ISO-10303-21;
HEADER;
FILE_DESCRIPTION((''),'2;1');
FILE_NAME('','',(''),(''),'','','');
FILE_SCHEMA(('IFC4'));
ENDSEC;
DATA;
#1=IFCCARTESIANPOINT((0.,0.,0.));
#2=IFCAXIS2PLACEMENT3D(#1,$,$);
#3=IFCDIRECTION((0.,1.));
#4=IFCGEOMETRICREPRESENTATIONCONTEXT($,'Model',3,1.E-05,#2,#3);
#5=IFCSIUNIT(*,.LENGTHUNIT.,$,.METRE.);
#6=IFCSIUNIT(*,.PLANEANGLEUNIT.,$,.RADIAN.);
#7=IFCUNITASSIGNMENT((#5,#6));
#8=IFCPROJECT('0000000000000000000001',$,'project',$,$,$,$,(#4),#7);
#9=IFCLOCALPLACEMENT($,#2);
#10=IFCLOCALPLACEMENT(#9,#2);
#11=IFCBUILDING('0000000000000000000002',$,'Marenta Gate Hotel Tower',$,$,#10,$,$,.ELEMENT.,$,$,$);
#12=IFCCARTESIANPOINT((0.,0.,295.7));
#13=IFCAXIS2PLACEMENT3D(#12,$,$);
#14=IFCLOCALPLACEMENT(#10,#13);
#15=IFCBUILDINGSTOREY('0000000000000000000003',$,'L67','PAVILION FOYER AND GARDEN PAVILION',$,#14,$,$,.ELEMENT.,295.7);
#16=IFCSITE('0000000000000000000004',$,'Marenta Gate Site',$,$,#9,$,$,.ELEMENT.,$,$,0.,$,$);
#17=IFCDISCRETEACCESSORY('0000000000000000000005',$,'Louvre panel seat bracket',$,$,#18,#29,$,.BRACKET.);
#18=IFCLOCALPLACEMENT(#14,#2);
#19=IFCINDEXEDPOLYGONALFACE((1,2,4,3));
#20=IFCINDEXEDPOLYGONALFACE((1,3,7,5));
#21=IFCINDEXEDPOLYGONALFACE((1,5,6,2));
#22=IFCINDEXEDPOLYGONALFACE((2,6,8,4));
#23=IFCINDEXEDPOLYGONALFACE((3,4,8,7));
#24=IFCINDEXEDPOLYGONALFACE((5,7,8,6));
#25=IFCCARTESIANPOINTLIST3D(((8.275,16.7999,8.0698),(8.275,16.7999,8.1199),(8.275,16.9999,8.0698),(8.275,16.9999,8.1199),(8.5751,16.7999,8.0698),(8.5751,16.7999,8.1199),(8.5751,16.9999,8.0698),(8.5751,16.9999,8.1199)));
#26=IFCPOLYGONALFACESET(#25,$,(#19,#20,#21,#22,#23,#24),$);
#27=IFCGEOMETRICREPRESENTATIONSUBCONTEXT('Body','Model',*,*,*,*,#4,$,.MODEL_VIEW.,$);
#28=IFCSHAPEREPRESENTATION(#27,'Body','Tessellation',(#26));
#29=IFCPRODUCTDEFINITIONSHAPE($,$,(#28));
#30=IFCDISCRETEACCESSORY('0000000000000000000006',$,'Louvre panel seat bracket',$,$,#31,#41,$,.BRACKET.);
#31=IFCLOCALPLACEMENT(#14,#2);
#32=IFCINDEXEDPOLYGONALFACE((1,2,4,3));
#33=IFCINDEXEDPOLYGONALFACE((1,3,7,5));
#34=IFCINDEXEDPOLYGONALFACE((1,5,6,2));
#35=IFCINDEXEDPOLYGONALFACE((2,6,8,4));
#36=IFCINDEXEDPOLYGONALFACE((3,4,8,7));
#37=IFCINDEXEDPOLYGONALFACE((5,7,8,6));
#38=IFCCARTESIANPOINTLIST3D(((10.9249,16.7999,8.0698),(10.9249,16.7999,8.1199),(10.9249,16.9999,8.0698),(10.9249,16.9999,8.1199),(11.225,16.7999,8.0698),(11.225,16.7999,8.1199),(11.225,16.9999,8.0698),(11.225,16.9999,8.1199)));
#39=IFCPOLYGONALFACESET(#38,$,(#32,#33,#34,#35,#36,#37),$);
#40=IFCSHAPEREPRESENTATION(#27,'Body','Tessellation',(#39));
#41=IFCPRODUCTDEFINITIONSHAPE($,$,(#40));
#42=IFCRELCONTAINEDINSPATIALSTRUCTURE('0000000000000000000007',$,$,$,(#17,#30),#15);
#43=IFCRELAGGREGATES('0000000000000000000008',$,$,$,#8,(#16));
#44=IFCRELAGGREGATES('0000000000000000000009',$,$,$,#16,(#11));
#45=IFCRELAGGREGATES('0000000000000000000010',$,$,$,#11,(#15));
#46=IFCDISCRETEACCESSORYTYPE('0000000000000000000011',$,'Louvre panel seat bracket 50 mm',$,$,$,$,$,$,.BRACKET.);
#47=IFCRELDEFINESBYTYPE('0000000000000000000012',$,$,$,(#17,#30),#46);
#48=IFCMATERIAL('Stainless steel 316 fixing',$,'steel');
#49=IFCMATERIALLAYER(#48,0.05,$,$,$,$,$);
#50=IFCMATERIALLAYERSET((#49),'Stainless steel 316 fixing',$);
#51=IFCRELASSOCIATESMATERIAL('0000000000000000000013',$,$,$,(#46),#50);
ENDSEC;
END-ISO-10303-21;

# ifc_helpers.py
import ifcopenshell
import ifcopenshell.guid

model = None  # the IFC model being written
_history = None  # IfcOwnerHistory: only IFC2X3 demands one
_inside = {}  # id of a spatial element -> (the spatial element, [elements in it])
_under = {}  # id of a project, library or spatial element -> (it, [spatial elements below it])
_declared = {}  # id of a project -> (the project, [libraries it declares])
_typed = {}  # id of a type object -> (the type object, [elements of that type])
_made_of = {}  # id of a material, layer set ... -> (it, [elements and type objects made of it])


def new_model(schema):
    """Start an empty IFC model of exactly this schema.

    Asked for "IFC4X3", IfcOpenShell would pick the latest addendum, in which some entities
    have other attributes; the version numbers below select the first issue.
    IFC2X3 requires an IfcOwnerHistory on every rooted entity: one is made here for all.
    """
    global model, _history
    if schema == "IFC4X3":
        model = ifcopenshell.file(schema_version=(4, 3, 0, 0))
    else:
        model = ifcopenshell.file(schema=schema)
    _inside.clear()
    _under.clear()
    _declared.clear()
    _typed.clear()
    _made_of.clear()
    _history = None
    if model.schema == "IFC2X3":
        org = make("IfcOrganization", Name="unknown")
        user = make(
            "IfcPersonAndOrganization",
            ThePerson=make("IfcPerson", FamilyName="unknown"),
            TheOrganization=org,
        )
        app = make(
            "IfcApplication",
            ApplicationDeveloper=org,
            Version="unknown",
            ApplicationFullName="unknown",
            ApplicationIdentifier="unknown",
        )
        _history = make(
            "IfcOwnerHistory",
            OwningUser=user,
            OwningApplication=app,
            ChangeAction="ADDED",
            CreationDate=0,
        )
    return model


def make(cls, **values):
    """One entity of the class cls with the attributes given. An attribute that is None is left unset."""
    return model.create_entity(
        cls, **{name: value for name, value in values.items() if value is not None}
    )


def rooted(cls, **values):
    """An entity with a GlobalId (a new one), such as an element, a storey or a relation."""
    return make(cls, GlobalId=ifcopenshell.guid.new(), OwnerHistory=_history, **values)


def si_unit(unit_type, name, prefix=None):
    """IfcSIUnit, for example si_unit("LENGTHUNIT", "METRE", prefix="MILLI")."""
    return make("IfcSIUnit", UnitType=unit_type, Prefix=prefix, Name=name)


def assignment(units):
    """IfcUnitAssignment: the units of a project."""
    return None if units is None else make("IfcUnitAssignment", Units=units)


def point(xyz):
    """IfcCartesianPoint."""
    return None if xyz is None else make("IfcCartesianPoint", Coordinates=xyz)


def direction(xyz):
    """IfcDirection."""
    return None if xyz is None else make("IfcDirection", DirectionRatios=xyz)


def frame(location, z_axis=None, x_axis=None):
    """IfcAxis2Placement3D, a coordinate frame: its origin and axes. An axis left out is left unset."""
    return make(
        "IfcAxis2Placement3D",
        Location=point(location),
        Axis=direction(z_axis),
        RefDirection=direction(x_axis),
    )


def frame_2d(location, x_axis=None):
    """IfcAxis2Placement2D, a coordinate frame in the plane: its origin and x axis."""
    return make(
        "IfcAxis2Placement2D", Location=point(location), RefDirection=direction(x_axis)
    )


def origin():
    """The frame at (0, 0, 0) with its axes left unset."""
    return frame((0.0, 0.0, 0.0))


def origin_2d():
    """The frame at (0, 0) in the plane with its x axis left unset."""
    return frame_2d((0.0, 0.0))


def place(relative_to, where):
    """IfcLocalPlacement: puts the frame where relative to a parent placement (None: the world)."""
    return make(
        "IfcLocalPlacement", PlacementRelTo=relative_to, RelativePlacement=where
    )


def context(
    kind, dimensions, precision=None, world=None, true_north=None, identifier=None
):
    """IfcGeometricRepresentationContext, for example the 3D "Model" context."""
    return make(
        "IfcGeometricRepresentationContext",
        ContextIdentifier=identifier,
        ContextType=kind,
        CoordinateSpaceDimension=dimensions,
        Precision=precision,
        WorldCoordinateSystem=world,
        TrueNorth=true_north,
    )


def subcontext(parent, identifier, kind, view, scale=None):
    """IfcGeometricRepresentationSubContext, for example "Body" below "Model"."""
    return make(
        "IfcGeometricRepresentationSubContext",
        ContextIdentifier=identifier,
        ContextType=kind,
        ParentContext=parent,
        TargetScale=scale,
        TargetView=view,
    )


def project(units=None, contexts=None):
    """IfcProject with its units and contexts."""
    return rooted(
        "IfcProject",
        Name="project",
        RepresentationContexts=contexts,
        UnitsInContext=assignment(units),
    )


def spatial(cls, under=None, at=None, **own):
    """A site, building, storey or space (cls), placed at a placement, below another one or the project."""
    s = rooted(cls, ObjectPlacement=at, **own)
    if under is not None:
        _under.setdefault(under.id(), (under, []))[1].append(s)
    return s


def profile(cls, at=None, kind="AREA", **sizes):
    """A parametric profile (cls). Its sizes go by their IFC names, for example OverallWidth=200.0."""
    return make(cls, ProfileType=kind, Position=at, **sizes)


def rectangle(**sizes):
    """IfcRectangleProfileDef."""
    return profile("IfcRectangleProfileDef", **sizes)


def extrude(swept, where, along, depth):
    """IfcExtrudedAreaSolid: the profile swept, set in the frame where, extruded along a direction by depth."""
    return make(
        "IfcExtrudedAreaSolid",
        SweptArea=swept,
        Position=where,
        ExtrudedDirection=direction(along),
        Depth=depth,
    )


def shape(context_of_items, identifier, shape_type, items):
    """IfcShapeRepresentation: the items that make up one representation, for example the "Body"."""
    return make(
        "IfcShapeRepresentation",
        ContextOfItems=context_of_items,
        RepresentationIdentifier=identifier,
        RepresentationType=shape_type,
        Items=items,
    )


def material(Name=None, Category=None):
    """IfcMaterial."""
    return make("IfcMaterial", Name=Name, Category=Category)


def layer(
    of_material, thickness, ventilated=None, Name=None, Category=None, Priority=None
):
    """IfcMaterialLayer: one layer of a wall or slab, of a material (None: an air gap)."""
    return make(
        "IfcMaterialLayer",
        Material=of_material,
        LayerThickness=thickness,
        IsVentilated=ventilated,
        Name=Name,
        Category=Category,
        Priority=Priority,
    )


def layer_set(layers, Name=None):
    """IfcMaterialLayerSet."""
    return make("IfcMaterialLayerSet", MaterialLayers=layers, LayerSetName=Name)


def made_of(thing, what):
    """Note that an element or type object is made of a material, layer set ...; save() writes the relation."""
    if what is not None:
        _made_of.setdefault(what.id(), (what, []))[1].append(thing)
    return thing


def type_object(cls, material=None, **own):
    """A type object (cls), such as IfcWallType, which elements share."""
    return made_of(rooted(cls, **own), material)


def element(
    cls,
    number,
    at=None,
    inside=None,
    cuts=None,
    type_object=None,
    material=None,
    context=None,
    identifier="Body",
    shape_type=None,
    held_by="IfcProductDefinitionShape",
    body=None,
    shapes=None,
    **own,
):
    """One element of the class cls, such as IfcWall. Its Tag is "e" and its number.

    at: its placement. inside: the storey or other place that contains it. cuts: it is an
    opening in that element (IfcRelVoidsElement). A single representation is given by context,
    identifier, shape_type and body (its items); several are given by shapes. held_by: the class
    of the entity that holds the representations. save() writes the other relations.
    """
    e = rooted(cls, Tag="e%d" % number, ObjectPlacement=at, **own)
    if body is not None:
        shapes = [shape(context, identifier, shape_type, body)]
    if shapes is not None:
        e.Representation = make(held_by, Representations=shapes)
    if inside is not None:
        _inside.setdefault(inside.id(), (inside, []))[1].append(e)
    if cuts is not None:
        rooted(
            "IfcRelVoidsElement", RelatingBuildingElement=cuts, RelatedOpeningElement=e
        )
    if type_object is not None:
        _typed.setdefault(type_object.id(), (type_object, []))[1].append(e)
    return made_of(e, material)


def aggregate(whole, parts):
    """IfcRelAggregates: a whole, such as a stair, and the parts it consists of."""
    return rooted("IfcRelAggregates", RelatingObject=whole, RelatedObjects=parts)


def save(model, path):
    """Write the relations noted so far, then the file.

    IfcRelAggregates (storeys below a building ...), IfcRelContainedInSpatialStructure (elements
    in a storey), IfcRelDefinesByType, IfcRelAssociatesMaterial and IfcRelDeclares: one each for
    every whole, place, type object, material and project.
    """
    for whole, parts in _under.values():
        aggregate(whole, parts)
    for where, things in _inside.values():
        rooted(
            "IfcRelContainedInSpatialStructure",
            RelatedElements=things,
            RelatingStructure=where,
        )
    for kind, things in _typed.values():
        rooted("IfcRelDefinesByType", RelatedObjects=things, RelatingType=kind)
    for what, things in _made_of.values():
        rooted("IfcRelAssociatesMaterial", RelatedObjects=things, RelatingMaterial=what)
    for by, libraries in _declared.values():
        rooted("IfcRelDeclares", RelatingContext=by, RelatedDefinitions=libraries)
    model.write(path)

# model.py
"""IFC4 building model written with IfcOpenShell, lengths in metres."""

from ifc_helpers import new_model, si_unit, direction, frame, origin, origin_2d, place, context, subcontext, project, spatial, rectangle, extrude, material, layer, layer_set, type_object, element, save


model = new_model("IFC4")

# Units and contexts
model_context = context("Model", 3, precision=1e-05, world=origin(), true_north=direction((0.0, 1.0)))
body_context = subcontext(model_context, "Body", "Model", "MODEL_VIEW")
ifc_project = project(units=[si_unit("LENGTHUNIT", "METRE"), si_unit("PLANEANGLEUNIT", "RADIAN")], contexts=[model_context])

# Site, building, storey
site_placement = place(None, origin())
site = spatial("IfcSite", under=ifc_project, at=site_placement, Name="Marenta Gate Site", CompositionType="ELEMENT", RefElevation=0.0)
building_placement = place(site_placement, origin())
building = spatial("IfcBuilding", under=site, at=building_placement, Name="Marenta Gate Hotel Tower", CompositionType="ELEMENT")
storey_placement = place(building_placement, frame((0.0, 0.0, 295.7)))
storey = spatial("IfcBuildingStorey", under=building, at=storey_placement, Name="L67", Description="PAVILION FOYER AND GARDEN PAVILION", CompositionType="ELEMENT", Elevation=295.7)

# Discrete accessories
ifc_material_1 = material(Name="Stainless steel 316 fixing", Category="steel")
ifc_layer_1 = layer(ifc_material_1, 0.05)
ifc_layer_set_1 = layer_set([ifc_layer_1], Name="Stainless steel 316 fixing")
discrete_accessory_type_1 = type_object("IfcDiscreteAccessoryType", Name="Louvre panel seat bracket 50 mm", PredefinedType="BRACKET", material=ifc_layer_set_1)
for number, where, z_axis, x_axis, name in (
    (1, (8.425, 16.8999, 8.0698), (0.0, 0.0, 1.0), (1.0, 0.0, 0.0), "Louvre panel seat bracket"),
    (2, (11.075, 16.8999, 8.0698), (0.0, 0.0, 1.0), (1.0, 0.0, 0.0), "Louvre panel seat bracket"),
):
    element("IfcDiscreteAccessory", number, at=place(storey_placement, frame(where, z_axis=z_axis, x_axis=x_axis)), inside=storey, type_object=discrete_accessory_type_1, Name=name, PredefinedType="BRACKET", context=body_context, shape_type="SweptSolid", body=[
        extrude(rectangle(XDim=0.3, YDim=0.2, at=origin_2d()), origin(), (0.0, 0.0, 1.0), 0.05),
    ])

save(model, "model.ifc")
